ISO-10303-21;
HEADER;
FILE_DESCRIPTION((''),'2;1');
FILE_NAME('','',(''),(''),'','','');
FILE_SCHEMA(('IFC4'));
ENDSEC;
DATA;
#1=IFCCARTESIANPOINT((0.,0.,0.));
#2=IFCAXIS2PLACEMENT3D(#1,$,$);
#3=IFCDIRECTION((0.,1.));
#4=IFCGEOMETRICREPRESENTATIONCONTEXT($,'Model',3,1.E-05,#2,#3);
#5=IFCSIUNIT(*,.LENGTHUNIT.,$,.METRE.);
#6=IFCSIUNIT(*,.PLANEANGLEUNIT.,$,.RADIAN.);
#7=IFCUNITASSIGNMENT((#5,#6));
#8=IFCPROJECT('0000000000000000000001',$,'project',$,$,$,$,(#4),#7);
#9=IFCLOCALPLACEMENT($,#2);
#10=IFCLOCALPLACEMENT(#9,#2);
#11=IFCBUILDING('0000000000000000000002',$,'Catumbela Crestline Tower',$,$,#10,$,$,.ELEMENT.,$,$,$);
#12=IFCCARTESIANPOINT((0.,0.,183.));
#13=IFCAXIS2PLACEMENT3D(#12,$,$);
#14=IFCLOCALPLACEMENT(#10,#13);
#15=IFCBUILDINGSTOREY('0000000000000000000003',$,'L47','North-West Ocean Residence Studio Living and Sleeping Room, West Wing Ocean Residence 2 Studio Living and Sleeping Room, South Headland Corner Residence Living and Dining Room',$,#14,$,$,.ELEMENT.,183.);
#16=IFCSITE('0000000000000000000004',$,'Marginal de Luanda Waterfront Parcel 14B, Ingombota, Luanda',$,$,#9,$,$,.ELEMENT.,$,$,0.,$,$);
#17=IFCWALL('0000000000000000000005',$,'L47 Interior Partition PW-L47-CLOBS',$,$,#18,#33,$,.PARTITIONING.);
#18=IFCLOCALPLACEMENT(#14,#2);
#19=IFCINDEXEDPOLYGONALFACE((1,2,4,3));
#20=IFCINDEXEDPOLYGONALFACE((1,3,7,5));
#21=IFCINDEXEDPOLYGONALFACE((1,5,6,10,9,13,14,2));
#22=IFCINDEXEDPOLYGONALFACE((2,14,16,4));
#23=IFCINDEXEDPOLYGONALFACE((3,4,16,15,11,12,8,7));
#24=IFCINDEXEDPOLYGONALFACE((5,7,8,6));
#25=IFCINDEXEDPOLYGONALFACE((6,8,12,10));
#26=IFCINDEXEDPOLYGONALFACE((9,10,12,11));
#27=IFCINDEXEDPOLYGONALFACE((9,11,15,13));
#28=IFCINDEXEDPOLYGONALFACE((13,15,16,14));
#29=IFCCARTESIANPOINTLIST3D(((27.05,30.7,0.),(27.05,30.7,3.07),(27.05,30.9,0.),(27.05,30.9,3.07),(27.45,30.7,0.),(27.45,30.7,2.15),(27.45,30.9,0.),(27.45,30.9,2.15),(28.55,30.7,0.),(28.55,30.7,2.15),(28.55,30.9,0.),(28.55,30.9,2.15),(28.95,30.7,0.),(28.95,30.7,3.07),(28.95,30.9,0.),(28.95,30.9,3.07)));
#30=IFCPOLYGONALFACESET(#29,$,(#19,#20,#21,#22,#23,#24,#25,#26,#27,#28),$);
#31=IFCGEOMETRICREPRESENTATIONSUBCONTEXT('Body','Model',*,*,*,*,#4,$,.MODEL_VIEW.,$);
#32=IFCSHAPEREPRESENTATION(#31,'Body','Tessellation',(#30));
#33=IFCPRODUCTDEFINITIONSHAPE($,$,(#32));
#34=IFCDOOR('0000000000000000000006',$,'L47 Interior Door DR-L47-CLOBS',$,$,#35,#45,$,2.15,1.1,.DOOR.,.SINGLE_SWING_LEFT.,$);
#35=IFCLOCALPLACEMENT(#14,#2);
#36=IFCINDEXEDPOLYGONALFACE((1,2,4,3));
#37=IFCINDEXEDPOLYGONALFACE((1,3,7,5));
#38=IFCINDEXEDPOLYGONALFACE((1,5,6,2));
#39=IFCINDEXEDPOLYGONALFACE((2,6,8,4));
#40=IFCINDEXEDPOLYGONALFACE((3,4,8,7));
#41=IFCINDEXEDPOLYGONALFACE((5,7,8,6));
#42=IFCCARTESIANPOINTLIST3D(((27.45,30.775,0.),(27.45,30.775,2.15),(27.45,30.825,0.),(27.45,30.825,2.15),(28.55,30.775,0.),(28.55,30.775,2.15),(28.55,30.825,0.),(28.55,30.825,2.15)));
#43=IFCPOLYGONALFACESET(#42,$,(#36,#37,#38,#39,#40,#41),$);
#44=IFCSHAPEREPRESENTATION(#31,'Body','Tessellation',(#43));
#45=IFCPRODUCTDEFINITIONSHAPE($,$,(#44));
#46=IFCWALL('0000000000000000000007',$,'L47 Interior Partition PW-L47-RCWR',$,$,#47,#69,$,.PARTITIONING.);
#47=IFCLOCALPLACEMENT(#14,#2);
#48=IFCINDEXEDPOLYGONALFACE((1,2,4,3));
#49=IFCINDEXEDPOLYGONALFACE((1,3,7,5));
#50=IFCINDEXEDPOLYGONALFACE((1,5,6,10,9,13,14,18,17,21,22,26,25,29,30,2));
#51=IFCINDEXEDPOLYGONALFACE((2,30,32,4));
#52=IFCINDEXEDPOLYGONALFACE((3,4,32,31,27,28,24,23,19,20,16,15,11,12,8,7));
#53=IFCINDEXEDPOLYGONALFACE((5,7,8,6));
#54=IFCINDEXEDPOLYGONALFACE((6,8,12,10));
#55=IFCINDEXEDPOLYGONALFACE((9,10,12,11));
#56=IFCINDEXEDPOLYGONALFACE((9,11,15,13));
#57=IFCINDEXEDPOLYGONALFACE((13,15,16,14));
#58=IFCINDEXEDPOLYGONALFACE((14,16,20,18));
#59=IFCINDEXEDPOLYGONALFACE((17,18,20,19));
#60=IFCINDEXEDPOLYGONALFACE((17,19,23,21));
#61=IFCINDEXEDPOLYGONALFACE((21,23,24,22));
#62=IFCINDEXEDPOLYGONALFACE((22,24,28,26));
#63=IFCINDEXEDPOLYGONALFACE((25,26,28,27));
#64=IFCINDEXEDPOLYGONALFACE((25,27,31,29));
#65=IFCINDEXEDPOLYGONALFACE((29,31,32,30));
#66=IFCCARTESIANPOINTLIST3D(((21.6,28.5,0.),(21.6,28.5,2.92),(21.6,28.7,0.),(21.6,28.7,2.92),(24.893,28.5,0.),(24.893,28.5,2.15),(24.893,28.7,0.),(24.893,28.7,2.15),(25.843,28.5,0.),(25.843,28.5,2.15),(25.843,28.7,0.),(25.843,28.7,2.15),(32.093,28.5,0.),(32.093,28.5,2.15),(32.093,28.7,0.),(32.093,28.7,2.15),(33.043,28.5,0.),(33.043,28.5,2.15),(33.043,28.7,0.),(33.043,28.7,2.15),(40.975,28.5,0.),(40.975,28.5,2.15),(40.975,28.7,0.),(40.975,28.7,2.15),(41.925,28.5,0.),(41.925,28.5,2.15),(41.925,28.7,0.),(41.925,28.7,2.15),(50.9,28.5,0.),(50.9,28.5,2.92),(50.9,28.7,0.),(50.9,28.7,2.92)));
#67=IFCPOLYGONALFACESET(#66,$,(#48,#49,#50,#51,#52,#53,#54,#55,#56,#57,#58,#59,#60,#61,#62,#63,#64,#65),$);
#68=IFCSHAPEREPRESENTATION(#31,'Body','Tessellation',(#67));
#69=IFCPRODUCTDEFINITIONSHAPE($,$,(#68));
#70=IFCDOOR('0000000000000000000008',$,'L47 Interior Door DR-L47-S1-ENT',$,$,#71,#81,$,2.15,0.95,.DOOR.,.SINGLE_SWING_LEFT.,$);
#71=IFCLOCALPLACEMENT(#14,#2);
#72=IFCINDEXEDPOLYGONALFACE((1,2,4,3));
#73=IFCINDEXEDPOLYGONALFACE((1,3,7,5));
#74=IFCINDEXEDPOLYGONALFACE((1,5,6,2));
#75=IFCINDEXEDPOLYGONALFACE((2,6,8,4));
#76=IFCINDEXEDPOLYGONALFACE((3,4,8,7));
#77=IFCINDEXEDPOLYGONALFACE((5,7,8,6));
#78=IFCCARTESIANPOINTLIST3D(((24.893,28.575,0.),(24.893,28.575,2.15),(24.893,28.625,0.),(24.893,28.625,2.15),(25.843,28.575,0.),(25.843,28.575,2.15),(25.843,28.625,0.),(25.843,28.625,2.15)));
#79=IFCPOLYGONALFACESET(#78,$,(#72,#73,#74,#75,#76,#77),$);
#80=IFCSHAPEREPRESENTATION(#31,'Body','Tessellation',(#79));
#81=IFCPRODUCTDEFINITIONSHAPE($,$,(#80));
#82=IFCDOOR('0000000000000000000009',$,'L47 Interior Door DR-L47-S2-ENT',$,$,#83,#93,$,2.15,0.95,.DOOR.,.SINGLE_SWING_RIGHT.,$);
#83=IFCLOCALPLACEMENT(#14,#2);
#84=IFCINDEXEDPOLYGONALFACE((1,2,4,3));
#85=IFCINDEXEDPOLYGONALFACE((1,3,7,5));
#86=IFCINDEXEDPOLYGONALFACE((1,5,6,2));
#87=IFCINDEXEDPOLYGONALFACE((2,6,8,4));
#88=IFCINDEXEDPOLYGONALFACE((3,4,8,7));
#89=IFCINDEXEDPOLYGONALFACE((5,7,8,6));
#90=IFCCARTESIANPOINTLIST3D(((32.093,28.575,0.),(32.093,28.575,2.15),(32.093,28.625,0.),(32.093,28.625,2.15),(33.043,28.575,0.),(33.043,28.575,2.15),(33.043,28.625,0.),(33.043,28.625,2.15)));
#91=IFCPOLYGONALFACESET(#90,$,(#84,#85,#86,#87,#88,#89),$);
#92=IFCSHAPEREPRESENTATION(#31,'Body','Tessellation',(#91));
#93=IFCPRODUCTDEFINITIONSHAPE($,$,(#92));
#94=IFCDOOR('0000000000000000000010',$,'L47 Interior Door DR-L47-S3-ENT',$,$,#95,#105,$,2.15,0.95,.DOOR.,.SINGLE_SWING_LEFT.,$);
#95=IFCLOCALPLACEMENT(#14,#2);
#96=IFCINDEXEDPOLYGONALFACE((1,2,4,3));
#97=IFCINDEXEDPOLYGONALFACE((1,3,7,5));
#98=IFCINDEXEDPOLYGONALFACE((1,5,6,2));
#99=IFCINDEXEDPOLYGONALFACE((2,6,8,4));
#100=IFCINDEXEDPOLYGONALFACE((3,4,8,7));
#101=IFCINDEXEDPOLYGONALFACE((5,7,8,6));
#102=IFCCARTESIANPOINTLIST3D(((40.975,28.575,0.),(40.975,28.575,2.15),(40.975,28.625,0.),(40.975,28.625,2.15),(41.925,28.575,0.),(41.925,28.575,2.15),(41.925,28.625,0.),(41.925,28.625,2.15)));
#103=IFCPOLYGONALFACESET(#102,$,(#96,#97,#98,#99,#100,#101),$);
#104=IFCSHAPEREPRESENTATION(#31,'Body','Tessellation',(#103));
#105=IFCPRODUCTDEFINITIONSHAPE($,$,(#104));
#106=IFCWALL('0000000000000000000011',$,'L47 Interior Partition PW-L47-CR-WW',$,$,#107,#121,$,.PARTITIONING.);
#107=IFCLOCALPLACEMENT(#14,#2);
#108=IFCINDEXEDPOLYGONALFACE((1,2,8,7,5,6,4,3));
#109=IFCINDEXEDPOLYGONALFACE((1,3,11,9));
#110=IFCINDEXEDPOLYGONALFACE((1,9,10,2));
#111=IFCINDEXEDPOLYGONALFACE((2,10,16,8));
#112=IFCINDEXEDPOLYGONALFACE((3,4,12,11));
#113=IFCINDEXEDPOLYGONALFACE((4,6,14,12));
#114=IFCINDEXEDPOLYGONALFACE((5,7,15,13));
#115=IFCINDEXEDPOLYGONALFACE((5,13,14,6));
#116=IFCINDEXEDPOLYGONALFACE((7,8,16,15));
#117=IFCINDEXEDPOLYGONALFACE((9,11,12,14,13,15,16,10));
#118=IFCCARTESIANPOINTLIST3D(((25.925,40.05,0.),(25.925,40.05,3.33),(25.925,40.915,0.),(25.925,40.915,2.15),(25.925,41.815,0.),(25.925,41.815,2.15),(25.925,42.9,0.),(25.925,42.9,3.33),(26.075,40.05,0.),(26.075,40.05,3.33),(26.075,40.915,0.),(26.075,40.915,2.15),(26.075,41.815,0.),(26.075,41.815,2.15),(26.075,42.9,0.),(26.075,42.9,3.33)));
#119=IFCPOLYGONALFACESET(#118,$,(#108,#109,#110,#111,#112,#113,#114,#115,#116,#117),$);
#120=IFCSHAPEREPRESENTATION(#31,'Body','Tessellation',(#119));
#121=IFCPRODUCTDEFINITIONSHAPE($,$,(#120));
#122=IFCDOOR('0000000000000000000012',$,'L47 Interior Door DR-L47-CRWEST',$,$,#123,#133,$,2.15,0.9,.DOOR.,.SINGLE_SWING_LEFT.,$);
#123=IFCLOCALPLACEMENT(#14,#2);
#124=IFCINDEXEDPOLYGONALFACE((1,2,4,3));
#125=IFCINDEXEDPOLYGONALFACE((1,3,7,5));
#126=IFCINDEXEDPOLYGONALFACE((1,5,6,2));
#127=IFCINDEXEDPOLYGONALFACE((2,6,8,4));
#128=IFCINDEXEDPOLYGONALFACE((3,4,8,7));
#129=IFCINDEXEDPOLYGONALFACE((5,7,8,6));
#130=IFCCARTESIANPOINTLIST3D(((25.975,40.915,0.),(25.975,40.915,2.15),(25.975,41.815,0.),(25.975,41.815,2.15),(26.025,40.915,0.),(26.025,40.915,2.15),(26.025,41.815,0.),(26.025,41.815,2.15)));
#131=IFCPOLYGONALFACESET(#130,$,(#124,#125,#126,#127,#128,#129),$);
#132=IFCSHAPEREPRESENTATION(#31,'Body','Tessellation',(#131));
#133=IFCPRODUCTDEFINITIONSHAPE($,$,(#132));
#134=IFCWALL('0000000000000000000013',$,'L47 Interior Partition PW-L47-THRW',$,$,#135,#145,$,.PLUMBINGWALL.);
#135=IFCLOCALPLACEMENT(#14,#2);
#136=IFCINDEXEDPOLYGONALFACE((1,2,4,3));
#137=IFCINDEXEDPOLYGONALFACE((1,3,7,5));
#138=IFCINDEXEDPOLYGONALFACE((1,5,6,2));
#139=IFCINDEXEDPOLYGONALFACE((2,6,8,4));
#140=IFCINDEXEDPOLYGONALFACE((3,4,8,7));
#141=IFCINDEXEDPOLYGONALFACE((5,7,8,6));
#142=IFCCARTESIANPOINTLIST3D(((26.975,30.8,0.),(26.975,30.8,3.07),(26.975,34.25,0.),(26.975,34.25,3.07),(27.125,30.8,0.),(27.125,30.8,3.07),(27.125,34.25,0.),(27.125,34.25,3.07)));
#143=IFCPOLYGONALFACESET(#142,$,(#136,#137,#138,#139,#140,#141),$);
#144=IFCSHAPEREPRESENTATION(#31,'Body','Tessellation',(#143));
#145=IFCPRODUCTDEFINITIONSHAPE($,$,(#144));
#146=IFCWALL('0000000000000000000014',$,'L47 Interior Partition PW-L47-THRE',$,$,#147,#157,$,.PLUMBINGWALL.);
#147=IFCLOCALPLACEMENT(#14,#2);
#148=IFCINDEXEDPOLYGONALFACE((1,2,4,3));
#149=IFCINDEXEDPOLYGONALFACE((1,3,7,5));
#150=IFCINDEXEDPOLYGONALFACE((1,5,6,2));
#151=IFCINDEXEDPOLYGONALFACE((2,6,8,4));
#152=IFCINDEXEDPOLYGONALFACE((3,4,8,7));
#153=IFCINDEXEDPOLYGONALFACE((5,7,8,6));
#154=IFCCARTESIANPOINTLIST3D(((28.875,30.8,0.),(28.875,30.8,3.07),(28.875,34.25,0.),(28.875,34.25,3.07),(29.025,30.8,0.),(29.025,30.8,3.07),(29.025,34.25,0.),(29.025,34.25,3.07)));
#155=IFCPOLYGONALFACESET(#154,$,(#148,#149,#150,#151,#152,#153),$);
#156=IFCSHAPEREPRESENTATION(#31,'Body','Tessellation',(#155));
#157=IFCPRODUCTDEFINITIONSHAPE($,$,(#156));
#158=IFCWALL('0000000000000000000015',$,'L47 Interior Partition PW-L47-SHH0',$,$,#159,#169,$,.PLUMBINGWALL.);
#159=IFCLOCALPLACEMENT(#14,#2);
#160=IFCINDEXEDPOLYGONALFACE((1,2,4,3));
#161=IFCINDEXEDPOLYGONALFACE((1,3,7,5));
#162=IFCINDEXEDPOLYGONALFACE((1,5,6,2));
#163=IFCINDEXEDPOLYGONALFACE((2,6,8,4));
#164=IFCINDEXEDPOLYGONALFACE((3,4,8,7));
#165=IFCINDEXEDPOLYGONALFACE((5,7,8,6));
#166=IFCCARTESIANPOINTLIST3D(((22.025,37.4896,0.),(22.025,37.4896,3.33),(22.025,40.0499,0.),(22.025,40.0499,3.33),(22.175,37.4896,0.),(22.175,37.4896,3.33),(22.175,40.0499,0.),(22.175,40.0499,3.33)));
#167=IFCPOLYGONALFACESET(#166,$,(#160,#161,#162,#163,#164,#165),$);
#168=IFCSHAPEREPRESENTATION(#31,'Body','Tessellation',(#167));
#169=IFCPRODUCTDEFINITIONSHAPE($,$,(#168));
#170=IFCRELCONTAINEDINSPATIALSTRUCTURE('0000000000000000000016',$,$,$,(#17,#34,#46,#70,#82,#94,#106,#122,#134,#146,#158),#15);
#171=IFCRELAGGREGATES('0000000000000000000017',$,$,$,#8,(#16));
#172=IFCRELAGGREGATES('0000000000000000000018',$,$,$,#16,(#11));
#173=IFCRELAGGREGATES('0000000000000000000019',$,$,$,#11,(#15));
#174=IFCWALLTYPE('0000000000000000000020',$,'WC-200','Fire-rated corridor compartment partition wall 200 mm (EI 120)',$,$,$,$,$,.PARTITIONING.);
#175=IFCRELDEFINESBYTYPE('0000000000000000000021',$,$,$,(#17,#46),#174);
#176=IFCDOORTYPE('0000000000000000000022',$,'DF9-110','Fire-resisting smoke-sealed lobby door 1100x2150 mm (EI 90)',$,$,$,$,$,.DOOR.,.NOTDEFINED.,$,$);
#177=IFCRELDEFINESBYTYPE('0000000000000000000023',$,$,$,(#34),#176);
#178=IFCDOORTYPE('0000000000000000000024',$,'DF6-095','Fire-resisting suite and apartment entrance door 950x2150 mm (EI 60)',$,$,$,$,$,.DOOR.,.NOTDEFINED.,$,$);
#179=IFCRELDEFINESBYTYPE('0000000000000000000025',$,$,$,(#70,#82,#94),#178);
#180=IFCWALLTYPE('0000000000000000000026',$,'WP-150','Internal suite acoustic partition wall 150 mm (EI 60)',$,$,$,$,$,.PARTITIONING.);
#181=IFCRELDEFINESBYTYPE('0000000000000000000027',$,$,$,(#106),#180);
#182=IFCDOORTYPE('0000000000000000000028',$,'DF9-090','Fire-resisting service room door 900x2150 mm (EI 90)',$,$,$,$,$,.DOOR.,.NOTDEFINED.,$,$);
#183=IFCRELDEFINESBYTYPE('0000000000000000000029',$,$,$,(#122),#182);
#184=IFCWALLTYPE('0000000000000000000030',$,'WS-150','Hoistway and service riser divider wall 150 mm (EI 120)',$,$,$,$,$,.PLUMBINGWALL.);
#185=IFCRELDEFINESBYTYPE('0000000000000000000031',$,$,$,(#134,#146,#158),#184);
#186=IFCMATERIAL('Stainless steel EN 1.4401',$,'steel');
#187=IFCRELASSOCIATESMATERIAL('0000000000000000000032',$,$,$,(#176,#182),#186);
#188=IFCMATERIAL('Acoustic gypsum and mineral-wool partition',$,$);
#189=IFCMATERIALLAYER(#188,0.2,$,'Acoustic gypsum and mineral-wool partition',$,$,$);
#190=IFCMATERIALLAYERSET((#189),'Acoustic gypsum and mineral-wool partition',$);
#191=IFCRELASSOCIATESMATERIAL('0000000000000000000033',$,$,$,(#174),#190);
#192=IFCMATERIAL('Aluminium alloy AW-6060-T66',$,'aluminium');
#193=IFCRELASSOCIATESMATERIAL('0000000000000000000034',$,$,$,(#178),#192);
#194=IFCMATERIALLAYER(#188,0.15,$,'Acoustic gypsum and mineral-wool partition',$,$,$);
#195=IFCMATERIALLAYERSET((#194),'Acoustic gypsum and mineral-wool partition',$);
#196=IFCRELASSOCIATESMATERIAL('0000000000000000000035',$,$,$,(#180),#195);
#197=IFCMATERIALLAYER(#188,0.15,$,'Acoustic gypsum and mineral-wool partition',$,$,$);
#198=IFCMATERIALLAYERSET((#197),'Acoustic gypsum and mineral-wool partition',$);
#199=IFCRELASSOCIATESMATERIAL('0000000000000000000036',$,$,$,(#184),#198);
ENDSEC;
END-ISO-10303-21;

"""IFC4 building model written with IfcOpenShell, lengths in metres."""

from ifc_helpers import new_model, si_unit, direction, frame, frame_2d, origin, place, context, subcontext, project, spatial, rectangle, extrude, material, layer, layer_set, type_object, element, fill, save


model = new_model("IFC4")

# Units and contexts
model_context = context("Model", 3, precision=1e-05, world=origin(), true_north=direction((0.0, 1.0)))
body_context = subcontext(model_context, "Body", "Model", "MODEL_VIEW")
ifc_project = project(units=[si_unit("LENGTHUNIT", "METRE"), si_unit("PLANEANGLEUNIT", "RADIAN")], contexts=[model_context])

# Site, building, storey
site_placement = place(None, origin())
site = spatial("IfcSite", under=ifc_project, at=site_placement, Name="Marginal de Luanda Waterfront Parcel 14B, Ingombota, Luanda", CompositionType="ELEMENT", RefElevation=0.0)
building_placement = place(site_placement, origin())
building = spatial("IfcBuilding", under=site, at=building_placement, Name="Catumbela Crestline Tower", CompositionType="ELEMENT")
storey_placement = place(building_placement, frame((0.0, 0.0, 183.0)))
storey = spatial("IfcBuildingStorey", under=building, at=storey_placement, Name="L47", Description="North-West Ocean Residence Studio Living and Sleeping Room, West Wing Ocean Residence 2 Studio Living and Sleeping Room, South Headland Corner Residence Living and Dining Room", CompositionType="ELEMENT", Elevation=183.0)

# Shared definitions
ifc_material_1 = material(Name="Stainless steel EN 1.4401", Category="steel")

# Wall, opening, door
door_type_1 = type_object("IfcDoorType", Name="DF9-110", Description="Fire-resisting smoke-sealed lobby door 1100x2150 mm (EI 90)", OperationType="NOTDEFINED", PredefinedType="DOOR", material=ifc_material_1)
ifc_material_2 = material(Name="Acoustic gypsum and mineral-wool partition")
ifc_layer_1 = layer(ifc_material_2, 0.2, Name="Acoustic gypsum and mineral-wool partition")
ifc_layer_set_1 = layer_set([ifc_layer_1], Name="Acoustic gypsum and mineral-wool partition")
wall_type_1 = type_object("IfcWallType", Name="WC-200", Description="Fire-rated corridor compartment partition wall 200 mm (EI 120)", PredefinedType="PARTITIONING", material=ifc_layer_set_1)
wall_1_placement = place(storey_placement, frame((27.05, 30.8, 0.0), z_axis=(0.0, 0.0, 1.0), x_axis=(1.0, 0.0, 0.0)))
wall_1 = element("IfcWall", 1, at=wall_1_placement, inside=storey, type_object=wall_type_1, Name="L47 Interior Partition PW-L47-CLOBS", PredefinedType="PARTITIONING", context=body_context, shape_type="SweptSolid", body=[
    extrude(rectangle(XDim=1.9, YDim=0.2, at=frame_2d((0.95, 0.0))), origin(), (0.0, 0.0, 1.0), 3.07),
])
opening_1_placement = place(wall_1_placement, frame((0.4, 0.0, 0.0)))
opening_1 = element("IfcOpeningElement", 2, at=opening_1_placement, cuts=wall_1, PredefinedType="OPENING", context=body_context, shape_type="SweptSolid", body=[
    extrude(rectangle(XDim=1.1, YDim=2.15, at=frame_2d((0.55, 1.075))), frame((0.0, 0.11, 0.0), z_axis=(0.0, -1.0, 0.0), x_axis=(1.0, 0.0, 0.0)), (0.0, 0.0, 1.0), 0.22),
])
door_1_placement = place(opening_1_placement, origin())
door_1 = element("IfcDoor", 3, at=door_1_placement, inside=storey, type_object=door_type_1, Name="L47 Interior Door DR-L47-CLOBS", OperationType="SINGLE_SWING_LEFT", OverallHeight=2.15, OverallWidth=1.1, PredefinedType="DOOR", context=body_context, shape_type="SweptSolid", body=[
    extrude(rectangle(XDim=1.1, YDim=2.15, at=frame_2d((0.55, 1.075))), frame((0.0, 0.025, 0.0), z_axis=(0.0, -1.0, 0.0), x_axis=(1.0, 0.0, 0.0)), (0.0, 0.0, 1.0), 0.05),
])
fill(opening_1, door_1)

# Wall, openings, doors
wall_2_placement = place(storey_placement, frame((21.6, 28.6, 0.0), z_axis=(0.0, 0.0, 1.0), x_axis=(1.0, 0.0, 0.0)))
wall_2 = element("IfcWall", 4, at=wall_2_placement, inside=storey, type_object=wall_type_1, Name="L47 Interior Partition PW-L47-RCWR", PredefinedType="PARTITIONING", context=body_context, shape_type="SweptSolid", body=[
    extrude(rectangle(XDim=29.3, YDim=0.2, at=frame_2d((14.65, 0.0))), origin(), (0.0, 0.0, 1.0), 2.92),
])
opening_2_placement = place(wall_2_placement, frame((3.293, 0.0, 0.0)))
opening_2 = element("IfcOpeningElement", 5, at=opening_2_placement, cuts=wall_2, PredefinedType="OPENING", context=body_context, shape_type="SweptSolid", body=[
    extrude(rectangle(XDim=0.95, YDim=2.15, at=frame_2d((0.475, 1.075))), frame((0.0, 0.11, 0.0), z_axis=(0.0, -1.0, 0.0), x_axis=(1.0, 0.0, 0.0)), (0.0, 0.0, 1.0), 0.22),
])
opening_3_placement = place(wall_2_placement, frame((10.493, 0.0, 0.0)))
opening_3 = element("IfcOpeningElement", 6, at=opening_3_placement, cuts=wall_2, PredefinedType="OPENING", context=body_context, shape_type="SweptSolid", body=[
    extrude(rectangle(XDim=0.95, YDim=2.15, at=frame_2d((0.475, 1.075))), frame((0.0, 0.11, 0.0), z_axis=(0.0, -1.0, 0.0), x_axis=(1.0, 0.0, 0.0)), (0.0, 0.0, 1.0), 0.22),
])
opening_4_placement = place(wall_2_placement, frame((19.375, 0.0, 0.0)))
opening_4 = element("IfcOpeningElement", 7, at=opening_4_placement, cuts=wall_2, PredefinedType="OPENING", context=body_context, shape_type="SweptSolid", body=[
    extrude(rectangle(XDim=0.95, YDim=2.15, at=frame_2d((0.475, 1.075))), frame((0.0, 0.11, 0.0), z_axis=(0.0, -1.0, 0.0), x_axis=(1.0, 0.0, 0.0)), (0.0, 0.0, 1.0), 0.22),
])
ifc_material_3 = material(Name="Aluminium alloy AW-6060-T66", Category="aluminium")
door_type_2 = type_object("IfcDoorType", Name="DF6-095", Description="Fire-resisting suite and apartment entrance door 950x2150 mm (EI 60)", OperationType="NOTDEFINED", PredefinedType="DOOR", material=ifc_material_3)
door_2_placement = place(opening_2_placement, origin())
door_2 = element("IfcDoor", 8, at=door_2_placement, inside=storey, type_object=door_type_2, Name="L47 Interior Door DR-L47-S1-ENT", OperationType="SINGLE_SWING_LEFT", OverallHeight=2.15, OverallWidth=0.95, PredefinedType="DOOR", context=body_context, shape_type="SweptSolid", body=[
    extrude(rectangle(XDim=0.95, YDim=2.15, at=frame_2d((0.475, 1.075))), frame((0.0, 0.025, 0.0), z_axis=(0.0, -1.0, 0.0), x_axis=(1.0, 0.0, 0.0)), (0.0, 0.0, 1.0), 0.05),
])
fill(opening_2, door_2)
door_3_placement = place(opening_3_placement, origin())
door_3 = element("IfcDoor", 9, at=door_3_placement, inside=storey, type_object=door_type_2, Name="L47 Interior Door DR-L47-S2-ENT", OperationType="SINGLE_SWING_RIGHT", OverallHeight=2.15, OverallWidth=0.95, PredefinedType="DOOR", context=body_context, shape_type="SweptSolid", body=[
    extrude(rectangle(XDim=0.95, YDim=2.15, at=frame_2d((0.475, 1.075))), frame((0.0, 0.025, 0.0), z_axis=(0.0, -1.0, 0.0), x_axis=(1.0, 0.0, 0.0)), (0.0, 0.0, 1.0), 0.05),
])
fill(opening_3, door_3)
door_4_placement = place(opening_4_placement, origin())
door_4 = element("IfcDoor", 10, at=door_4_placement, inside=storey, type_object=door_type_2, Name="L47 Interior Door DR-L47-S3-ENT", OperationType="SINGLE_SWING_LEFT", OverallHeight=2.15, OverallWidth=0.95, PredefinedType="DOOR", context=body_context, shape_type="SweptSolid", body=[
    extrude(rectangle(XDim=0.95, YDim=2.15, at=frame_2d((0.475, 1.075))), frame((0.0, 0.025, 0.0), z_axis=(0.0, -1.0, 0.0), x_axis=(1.0, 0.0, 0.0)), (0.0, 0.0, 1.0), 0.05),
])
fill(opening_4, door_4)

# Wall, opening, door
ifc_layer_2 = layer(ifc_material_2, 0.15, Name="Acoustic gypsum and mineral-wool partition")
ifc_layer_set_2 = layer_set([ifc_layer_2], Name="Acoustic gypsum and mineral-wool partition")
wall_type_2 = type_object("IfcWallType", Name="WP-150", Description="Internal suite acoustic partition wall 150 mm (EI 60)", PredefinedType="PARTITIONING", material=ifc_layer_set_2)
wall_3_placement = place(storey_placement, frame((26.0, 40.05, 0.0), z_axis=(0.0, 0.0, 1.0), x_axis=(0.0, 1.0, 0.0)))
wall_3 = element("IfcWall", 11, at=wall_3_placement, inside=storey, type_object=wall_type_2, Name="L47 Interior Partition PW-L47-CR-WW", PredefinedType="PARTITIONING", context=body_context, shape_type="SweptSolid", body=[
    extrude(rectangle(XDim=2.85, YDim=0.15, at=frame_2d((1.425, 0.0))), origin(), (0.0, 0.0, 1.0), 3.33),
])
opening_5_placement = place(wall_3_placement, frame((0.865, 0.0, 0.0)))
opening_5 = element("IfcOpeningElement", 12, at=opening_5_placement, cuts=wall_3, PredefinedType="OPENING", context=body_context, shape_type="SweptSolid", body=[
    extrude(rectangle(XDim=0.9, YDim=2.15, at=frame_2d((0.45, 1.075))), frame((0.0, 0.085, 0.0), z_axis=(0.0, -1.0, 0.0), x_axis=(1.0, 0.0, 0.0)), (0.0, 0.0, 1.0), 0.17),
])
door_type_3 = type_object("IfcDoorType", Name="DF9-090", Description="Fire-resisting service room door 900x2150 mm (EI 90)", OperationType="NOTDEFINED", PredefinedType="DOOR", material=ifc_material_1)
door_5_placement = place(opening_5_placement, origin())
door_5 = element("IfcDoor", 13, at=door_5_placement, inside=storey, type_object=door_type_3, Name="L47 Interior Door DR-L47-CRWEST", OperationType="SINGLE_SWING_LEFT", OverallHeight=2.15, OverallWidth=0.9, PredefinedType="DOOR", context=body_context, shape_type="SweptSolid", body=[
    extrude(rectangle(XDim=0.9, YDim=2.15, at=frame_2d((0.45, 1.075))), frame((0.0, 0.025, 0.0), z_axis=(0.0, -1.0, 0.0), x_axis=(1.0, 0.0, 0.0)), (0.0, 0.0, 1.0), 0.05),
])
fill(opening_5, door_5)

# Walls
ifc_layer_3 = layer(ifc_material_2, 0.15, Name="Acoustic gypsum and mineral-wool partition")
ifc_layer_set_3 = layer_set([ifc_layer_3], Name="Acoustic gypsum and mineral-wool partition")
wall_type_3 = type_object("IfcWallType", Name="WS-150", Description="Hoistway and service riser divider wall 150 mm (EI 120)", PredefinedType="PLUMBINGWALL", material=ifc_layer_set_3)
for number, where, z_axis, x_axis, name in (
    (14, (27.05, 30.8, 0.0), (0.0, 0.0, 1.0), (0.0, 1.0, 0.0), "L47 Interior Partition PW-L47-THRW"),
    (15, (28.95, 30.8, 0.0), (0.0, 0.0, 1.0), (0.0, 1.0, 0.0), "L47 Interior Partition PW-L47-THRE"),
):
    element("IfcWall", number, at=place(storey_placement, frame(where, z_axis=z_axis, x_axis=x_axis)), inside=storey, type_object=wall_type_3, Name=name, PredefinedType="PLUMBINGWALL", context=body_context, shape_type="SweptSolid", body=[
        extrude(rectangle(XDim=3.45, YDim=0.15, at=frame_2d((1.725, 0.0))), origin(), (0.0, 0.0, 1.0), 3.07),
    ])
wall_4_placement = place(storey_placement, frame((22.1, 37.4897, 0.0), z_axis=(0.0, 0.0, 1.0), x_axis=(0.0, 1.0, 0.0)))
element("IfcWall", 16, at=wall_4_placement, inside=storey, type_object=wall_type_3, Name="L47 Interior Partition PW-L47-SHH0", PredefinedType="PLUMBINGWALL", context=body_context, shape_type="SweptSolid", body=[
    extrude(rectangle(XDim=2.5603, YDim=0.15, at=frame_2d((1.2801, 0.0))), origin(), (0.0, 0.0, 1.0), 3.33),
])

save(model, "model.ifc")
